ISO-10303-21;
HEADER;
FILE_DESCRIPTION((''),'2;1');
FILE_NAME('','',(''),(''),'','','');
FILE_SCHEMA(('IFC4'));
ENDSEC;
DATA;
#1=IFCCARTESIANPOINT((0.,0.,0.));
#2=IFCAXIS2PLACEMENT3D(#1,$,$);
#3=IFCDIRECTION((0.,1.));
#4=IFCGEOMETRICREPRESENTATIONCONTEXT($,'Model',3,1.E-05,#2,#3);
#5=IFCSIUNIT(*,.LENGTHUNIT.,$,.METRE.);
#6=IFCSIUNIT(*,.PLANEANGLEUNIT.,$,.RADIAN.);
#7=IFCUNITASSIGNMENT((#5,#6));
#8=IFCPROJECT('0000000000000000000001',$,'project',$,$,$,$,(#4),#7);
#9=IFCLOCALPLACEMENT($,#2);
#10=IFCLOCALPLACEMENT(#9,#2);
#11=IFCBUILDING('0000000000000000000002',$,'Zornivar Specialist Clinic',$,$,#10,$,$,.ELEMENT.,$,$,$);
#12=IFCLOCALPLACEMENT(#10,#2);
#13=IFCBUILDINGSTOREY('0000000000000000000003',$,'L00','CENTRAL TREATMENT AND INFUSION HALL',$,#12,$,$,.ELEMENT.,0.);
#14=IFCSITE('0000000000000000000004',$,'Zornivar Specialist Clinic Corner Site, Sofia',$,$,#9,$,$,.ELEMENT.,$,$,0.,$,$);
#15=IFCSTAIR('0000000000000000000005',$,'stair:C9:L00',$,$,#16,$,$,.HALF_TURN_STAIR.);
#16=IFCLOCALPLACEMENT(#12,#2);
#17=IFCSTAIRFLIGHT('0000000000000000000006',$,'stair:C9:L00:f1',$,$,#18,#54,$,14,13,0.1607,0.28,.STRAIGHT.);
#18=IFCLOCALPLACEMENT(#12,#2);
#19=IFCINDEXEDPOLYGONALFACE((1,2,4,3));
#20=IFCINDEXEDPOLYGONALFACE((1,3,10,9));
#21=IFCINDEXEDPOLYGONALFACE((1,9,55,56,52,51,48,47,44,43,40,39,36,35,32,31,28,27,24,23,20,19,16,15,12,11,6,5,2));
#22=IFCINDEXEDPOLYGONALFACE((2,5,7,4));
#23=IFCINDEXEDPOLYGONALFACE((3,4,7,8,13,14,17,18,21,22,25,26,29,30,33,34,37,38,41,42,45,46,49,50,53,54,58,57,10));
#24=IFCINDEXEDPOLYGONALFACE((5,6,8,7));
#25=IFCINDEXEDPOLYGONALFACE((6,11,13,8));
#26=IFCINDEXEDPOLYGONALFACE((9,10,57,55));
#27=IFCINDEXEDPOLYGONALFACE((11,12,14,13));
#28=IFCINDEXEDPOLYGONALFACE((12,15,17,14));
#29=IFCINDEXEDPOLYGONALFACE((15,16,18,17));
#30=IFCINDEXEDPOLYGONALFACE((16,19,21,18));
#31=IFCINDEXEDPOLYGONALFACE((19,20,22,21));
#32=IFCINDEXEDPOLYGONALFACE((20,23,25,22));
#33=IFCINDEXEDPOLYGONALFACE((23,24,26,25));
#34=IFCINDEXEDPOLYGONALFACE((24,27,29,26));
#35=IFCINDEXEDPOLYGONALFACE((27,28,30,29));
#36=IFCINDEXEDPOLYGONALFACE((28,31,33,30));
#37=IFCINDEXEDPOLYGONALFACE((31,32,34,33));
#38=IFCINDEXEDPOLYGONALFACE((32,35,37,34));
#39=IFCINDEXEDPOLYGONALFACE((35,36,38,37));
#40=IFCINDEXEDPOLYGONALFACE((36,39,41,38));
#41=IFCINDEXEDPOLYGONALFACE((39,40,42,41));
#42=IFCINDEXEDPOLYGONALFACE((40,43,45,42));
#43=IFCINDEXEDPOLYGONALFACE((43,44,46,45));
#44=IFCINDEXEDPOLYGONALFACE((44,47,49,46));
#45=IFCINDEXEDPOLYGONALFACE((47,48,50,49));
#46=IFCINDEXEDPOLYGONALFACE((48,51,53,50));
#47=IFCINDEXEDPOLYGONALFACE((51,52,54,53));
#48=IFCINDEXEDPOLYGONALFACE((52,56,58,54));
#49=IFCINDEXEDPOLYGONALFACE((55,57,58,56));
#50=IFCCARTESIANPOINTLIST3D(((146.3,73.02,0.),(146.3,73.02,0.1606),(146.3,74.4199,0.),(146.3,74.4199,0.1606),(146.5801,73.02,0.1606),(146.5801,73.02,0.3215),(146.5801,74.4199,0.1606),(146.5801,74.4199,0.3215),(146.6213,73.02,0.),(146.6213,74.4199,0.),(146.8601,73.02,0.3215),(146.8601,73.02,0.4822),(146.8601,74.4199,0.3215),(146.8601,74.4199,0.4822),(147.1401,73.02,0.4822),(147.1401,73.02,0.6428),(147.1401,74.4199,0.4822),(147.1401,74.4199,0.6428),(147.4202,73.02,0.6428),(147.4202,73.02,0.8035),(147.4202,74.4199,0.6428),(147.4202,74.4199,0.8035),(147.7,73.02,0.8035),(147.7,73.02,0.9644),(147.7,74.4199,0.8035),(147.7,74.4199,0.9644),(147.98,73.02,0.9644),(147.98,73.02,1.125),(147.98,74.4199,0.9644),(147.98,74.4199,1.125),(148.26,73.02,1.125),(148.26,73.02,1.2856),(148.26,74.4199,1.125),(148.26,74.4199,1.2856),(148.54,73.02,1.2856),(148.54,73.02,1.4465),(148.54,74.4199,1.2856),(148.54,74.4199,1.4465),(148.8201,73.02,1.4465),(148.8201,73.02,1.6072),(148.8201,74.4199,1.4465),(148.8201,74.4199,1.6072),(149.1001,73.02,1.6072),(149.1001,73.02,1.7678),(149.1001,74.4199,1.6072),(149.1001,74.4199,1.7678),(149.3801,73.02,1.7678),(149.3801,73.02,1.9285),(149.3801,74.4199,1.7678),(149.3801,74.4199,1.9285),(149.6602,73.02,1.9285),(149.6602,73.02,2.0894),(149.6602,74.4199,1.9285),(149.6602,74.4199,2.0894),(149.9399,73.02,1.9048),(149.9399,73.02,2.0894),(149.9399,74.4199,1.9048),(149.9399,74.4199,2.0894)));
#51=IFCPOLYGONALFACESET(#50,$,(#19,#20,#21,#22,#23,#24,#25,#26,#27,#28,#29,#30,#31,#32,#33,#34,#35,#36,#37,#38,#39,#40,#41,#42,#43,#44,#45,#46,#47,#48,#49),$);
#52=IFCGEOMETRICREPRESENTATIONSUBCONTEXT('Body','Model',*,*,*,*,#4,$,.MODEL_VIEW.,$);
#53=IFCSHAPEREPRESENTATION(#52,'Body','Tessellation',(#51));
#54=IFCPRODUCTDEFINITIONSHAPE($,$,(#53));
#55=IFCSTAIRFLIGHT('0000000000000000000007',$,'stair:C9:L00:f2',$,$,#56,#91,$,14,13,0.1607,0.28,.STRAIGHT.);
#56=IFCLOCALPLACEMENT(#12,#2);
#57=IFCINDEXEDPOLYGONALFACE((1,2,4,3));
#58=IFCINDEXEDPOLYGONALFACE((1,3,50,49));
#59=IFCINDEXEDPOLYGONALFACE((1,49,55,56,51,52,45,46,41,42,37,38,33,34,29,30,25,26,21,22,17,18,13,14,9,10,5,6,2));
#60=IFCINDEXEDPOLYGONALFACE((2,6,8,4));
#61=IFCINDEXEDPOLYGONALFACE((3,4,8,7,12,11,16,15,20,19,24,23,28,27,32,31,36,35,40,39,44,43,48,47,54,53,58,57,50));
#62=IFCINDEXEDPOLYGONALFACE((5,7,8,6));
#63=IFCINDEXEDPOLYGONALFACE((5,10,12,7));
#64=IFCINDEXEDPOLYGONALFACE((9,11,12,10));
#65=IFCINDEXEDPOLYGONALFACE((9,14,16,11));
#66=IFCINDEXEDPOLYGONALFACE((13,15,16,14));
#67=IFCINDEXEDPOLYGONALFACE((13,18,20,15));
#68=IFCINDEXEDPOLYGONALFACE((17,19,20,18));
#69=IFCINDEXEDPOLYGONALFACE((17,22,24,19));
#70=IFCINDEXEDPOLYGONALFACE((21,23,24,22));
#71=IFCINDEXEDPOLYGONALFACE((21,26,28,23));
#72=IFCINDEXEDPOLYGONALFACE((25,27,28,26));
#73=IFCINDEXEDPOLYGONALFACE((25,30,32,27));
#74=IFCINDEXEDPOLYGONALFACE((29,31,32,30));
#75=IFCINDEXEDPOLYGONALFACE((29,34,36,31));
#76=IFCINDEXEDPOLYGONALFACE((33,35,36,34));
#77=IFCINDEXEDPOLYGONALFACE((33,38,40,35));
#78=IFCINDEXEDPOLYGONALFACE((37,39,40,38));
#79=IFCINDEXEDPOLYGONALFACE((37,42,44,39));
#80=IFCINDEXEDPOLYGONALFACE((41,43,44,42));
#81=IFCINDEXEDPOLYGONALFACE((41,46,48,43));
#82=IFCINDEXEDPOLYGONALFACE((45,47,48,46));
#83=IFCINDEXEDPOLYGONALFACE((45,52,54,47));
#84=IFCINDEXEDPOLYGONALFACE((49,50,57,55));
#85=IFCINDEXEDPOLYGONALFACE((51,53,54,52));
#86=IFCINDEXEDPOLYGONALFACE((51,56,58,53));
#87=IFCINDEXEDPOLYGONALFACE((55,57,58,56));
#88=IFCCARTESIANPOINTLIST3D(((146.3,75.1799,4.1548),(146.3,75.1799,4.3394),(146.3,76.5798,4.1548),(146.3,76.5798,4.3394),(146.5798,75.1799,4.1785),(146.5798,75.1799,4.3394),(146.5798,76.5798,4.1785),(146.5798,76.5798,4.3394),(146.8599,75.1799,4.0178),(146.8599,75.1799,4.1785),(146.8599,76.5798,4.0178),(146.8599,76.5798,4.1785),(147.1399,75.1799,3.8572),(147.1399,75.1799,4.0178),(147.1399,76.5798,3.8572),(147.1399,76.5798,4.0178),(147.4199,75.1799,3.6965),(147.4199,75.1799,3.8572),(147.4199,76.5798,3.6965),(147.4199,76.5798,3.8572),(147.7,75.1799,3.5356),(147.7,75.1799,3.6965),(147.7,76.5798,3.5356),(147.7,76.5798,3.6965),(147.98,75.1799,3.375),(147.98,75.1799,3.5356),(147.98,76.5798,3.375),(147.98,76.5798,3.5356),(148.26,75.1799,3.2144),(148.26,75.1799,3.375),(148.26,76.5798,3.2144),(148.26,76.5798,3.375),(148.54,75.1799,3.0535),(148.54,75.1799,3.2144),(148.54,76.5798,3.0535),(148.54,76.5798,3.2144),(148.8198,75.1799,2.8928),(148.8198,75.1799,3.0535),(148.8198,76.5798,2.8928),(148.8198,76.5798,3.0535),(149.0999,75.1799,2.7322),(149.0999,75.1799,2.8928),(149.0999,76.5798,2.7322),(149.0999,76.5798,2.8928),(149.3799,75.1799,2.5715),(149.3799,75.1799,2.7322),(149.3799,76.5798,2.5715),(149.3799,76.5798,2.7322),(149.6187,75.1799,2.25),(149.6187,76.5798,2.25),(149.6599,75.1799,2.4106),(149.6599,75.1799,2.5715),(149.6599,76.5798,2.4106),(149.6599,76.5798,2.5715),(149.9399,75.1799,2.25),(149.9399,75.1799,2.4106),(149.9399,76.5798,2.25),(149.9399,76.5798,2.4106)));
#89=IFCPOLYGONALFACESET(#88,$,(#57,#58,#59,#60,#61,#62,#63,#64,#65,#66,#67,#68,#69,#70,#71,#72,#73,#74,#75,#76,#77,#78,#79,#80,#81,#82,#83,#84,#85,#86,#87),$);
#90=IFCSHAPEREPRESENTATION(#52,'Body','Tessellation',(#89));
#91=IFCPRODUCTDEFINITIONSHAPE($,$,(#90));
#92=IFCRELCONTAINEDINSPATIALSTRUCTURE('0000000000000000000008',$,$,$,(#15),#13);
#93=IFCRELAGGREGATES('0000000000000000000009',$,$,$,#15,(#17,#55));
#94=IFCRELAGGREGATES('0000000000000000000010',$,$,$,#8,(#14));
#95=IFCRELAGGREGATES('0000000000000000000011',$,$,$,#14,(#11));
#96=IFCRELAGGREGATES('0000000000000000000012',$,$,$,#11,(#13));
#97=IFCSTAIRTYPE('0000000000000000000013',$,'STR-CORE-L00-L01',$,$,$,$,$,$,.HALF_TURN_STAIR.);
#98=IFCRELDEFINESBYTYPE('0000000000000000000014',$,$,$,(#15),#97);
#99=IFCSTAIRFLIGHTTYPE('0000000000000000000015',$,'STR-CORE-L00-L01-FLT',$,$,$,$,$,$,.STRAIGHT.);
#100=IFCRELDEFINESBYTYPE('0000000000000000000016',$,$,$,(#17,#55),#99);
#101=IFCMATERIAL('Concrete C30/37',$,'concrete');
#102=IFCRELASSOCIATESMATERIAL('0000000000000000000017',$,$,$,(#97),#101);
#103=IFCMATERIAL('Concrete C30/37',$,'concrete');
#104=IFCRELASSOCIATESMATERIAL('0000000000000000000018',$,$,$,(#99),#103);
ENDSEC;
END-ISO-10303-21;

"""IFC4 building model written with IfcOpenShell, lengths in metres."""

from ifc_helpers import new_model, si_unit, direction, frame, origin, place, context, subcontext, project, spatial, polyline, outline, extrude, material, type_object, element, aggregate, save


model = new_model("IFC4")

# Units and contexts
model_context = context("Model", 3, precision=1e-05, world=origin(), true_north=direction((0.0, 1.0)))
body_context = subcontext(model_context, "Body", "Model", "MODEL_VIEW")
ifc_project = project(units=[si_unit("LENGTHUNIT", "METRE"), si_unit("PLANEANGLEUNIT", "RADIAN")], contexts=[model_context])

# Site, building, storey
site_placement = place(None, origin())
site = spatial("IfcSite", under=ifc_project, at=site_placement, Name="Zornivar Specialist Clinic Corner Site, Sofia", CompositionType="ELEMENT", RefElevation=0.0)
building_placement = place(site_placement, origin())
building = spatial("IfcBuilding", under=site, at=building_placement, Name="Zornivar Specialist Clinic", CompositionType="ELEMENT")
storey_placement = place(building_placement, origin())
storey = spatial("IfcBuildingStorey", under=building, at=storey_placement, Name="L00", Description="CENTRAL TREATMENT AND INFUSION HALL", CompositionType="ELEMENT", Elevation=0.0)

# Stair, stair flights
ifc_material_1 = material(Name="Concrete C30/37", Category="concrete")
stair_type = type_object("IfcStairType", Name="STR-CORE-L00-L01", PredefinedType="HALF_TURN_STAIR", material=ifc_material_1)
stair_placement = place(storey_placement, origin())
stair = element("IfcStair", 1, at=stair_placement, inside=storey, type_object=stair_type, Name="stair:C9:L00", PredefinedType="HALF_TURN_STAIR")
ifc_material_2 = material(Name="Concrete C30/37", Category="concrete")
stair_flight_type = type_object("IfcStairFlightType", Name="STR-CORE-L00-L01-FLT", PredefinedType="STRAIGHT", material=ifc_material_2)
stair_flight_1_placement = place(storey_placement, frame((146.3, 73.72, 0.0), z_axis=(0.0, 0.0, 1.0), x_axis=(1.0, 0.0, 0.0)))
stair_flight_1 = element("IfcStairFlight", 2, at=stair_flight_1_placement, type_object=stair_flight_type, Name="stair:C9:L00:f1", NumberOfRisers=14, NumberOfTreads=13, PredefinedType="STRAIGHT", RiserHeight=0.1607, TreadLength=0.28, context=body_context, shape_type="SweptSolid", body=[
    extrude(outline(polyline([(0.0, 0.0), (0.0, 0.1606), (0.28, 0.1606), (0.28, 0.3215), (0.5601, 0.3215), (0.5601, 0.4822), (0.8401, 0.4822), (0.8401, 0.6428), (1.1201, 0.6428), (1.1201, 0.8035), (1.3999, 0.8035), (1.3999, 0.9644), (1.6799, 0.9644), (1.6799, 1.125), (1.96, 1.125), (1.96, 1.2856), (2.24, 1.2856), (2.24, 1.4465), (2.52, 1.4465), (2.52, 1.6072), (2.8, 1.6072), (2.8, 1.7678), (3.0801, 1.7678), (3.0801, 1.9285), (3.3601, 1.9285), (3.3601, 2.0894), (3.6399, 2.0894), (3.6399, 2.25), (3.6399, 1.9048), (0.3213, 0.0), (0.0, 0.0)])), frame((0.0, 0.7, 0.0), z_axis=(0.0, -1.0, 0.0), x_axis=(1.0, 0.0, 0.0)), (0.0, 0.0, 1.0), 1.3999),
])
stair_flight_2_placement = place(storey_placement, frame((149.9399, 75.8799, 2.25), z_axis=(0.0, 0.0, 1.0), x_axis=(-1.0, 0.0, 0.0)))
stair_flight_2 = element("IfcStairFlight", 3, at=stair_flight_2_placement, type_object=stair_flight_type, Name="stair:C9:L00:f2", NumberOfRisers=14, NumberOfTreads=13, PredefinedType="STRAIGHT", RiserHeight=0.1607, TreadLength=0.28, context=body_context, shape_type="SweptSolid", body=[
    extrude(outline(polyline([(0.0, 0.0), (0.0, 0.1606), (0.28, 0.1606), (0.28, 0.3215), (0.5601, 0.3215), (0.5601, 0.4822), (0.8401, 0.4822), (0.8401, 0.6428), (1.1201, 0.6428), (1.1201, 0.8035), (1.3999, 0.8035), (1.3999, 0.9644), (1.6799, 0.9644), (1.6799, 1.125), (1.96, 1.125), (1.96, 1.2856), (2.24, 1.2856), (2.24, 1.4465), (2.52, 1.4465), (2.52, 1.6072), (2.8, 1.6072), (2.8, 1.7678), (3.0801, 1.7678), (3.0801, 1.9285), (3.3601, 1.9285), (3.3601, 2.0894), (3.6399, 2.0894), (3.6399, 2.25), (3.6399, 1.9048), (0.3213, 0.0), (0.0, 0.0)])), frame((0.0, 0.7, 0.0), z_axis=(0.0, -1.0, 0.0), x_axis=(1.0, 0.0, 0.0)), (0.0, 0.0, 1.0), 1.3999),
])
aggregate(stair, [stair_flight_1, stair_flight_2])

save(model, "model.ifc")
